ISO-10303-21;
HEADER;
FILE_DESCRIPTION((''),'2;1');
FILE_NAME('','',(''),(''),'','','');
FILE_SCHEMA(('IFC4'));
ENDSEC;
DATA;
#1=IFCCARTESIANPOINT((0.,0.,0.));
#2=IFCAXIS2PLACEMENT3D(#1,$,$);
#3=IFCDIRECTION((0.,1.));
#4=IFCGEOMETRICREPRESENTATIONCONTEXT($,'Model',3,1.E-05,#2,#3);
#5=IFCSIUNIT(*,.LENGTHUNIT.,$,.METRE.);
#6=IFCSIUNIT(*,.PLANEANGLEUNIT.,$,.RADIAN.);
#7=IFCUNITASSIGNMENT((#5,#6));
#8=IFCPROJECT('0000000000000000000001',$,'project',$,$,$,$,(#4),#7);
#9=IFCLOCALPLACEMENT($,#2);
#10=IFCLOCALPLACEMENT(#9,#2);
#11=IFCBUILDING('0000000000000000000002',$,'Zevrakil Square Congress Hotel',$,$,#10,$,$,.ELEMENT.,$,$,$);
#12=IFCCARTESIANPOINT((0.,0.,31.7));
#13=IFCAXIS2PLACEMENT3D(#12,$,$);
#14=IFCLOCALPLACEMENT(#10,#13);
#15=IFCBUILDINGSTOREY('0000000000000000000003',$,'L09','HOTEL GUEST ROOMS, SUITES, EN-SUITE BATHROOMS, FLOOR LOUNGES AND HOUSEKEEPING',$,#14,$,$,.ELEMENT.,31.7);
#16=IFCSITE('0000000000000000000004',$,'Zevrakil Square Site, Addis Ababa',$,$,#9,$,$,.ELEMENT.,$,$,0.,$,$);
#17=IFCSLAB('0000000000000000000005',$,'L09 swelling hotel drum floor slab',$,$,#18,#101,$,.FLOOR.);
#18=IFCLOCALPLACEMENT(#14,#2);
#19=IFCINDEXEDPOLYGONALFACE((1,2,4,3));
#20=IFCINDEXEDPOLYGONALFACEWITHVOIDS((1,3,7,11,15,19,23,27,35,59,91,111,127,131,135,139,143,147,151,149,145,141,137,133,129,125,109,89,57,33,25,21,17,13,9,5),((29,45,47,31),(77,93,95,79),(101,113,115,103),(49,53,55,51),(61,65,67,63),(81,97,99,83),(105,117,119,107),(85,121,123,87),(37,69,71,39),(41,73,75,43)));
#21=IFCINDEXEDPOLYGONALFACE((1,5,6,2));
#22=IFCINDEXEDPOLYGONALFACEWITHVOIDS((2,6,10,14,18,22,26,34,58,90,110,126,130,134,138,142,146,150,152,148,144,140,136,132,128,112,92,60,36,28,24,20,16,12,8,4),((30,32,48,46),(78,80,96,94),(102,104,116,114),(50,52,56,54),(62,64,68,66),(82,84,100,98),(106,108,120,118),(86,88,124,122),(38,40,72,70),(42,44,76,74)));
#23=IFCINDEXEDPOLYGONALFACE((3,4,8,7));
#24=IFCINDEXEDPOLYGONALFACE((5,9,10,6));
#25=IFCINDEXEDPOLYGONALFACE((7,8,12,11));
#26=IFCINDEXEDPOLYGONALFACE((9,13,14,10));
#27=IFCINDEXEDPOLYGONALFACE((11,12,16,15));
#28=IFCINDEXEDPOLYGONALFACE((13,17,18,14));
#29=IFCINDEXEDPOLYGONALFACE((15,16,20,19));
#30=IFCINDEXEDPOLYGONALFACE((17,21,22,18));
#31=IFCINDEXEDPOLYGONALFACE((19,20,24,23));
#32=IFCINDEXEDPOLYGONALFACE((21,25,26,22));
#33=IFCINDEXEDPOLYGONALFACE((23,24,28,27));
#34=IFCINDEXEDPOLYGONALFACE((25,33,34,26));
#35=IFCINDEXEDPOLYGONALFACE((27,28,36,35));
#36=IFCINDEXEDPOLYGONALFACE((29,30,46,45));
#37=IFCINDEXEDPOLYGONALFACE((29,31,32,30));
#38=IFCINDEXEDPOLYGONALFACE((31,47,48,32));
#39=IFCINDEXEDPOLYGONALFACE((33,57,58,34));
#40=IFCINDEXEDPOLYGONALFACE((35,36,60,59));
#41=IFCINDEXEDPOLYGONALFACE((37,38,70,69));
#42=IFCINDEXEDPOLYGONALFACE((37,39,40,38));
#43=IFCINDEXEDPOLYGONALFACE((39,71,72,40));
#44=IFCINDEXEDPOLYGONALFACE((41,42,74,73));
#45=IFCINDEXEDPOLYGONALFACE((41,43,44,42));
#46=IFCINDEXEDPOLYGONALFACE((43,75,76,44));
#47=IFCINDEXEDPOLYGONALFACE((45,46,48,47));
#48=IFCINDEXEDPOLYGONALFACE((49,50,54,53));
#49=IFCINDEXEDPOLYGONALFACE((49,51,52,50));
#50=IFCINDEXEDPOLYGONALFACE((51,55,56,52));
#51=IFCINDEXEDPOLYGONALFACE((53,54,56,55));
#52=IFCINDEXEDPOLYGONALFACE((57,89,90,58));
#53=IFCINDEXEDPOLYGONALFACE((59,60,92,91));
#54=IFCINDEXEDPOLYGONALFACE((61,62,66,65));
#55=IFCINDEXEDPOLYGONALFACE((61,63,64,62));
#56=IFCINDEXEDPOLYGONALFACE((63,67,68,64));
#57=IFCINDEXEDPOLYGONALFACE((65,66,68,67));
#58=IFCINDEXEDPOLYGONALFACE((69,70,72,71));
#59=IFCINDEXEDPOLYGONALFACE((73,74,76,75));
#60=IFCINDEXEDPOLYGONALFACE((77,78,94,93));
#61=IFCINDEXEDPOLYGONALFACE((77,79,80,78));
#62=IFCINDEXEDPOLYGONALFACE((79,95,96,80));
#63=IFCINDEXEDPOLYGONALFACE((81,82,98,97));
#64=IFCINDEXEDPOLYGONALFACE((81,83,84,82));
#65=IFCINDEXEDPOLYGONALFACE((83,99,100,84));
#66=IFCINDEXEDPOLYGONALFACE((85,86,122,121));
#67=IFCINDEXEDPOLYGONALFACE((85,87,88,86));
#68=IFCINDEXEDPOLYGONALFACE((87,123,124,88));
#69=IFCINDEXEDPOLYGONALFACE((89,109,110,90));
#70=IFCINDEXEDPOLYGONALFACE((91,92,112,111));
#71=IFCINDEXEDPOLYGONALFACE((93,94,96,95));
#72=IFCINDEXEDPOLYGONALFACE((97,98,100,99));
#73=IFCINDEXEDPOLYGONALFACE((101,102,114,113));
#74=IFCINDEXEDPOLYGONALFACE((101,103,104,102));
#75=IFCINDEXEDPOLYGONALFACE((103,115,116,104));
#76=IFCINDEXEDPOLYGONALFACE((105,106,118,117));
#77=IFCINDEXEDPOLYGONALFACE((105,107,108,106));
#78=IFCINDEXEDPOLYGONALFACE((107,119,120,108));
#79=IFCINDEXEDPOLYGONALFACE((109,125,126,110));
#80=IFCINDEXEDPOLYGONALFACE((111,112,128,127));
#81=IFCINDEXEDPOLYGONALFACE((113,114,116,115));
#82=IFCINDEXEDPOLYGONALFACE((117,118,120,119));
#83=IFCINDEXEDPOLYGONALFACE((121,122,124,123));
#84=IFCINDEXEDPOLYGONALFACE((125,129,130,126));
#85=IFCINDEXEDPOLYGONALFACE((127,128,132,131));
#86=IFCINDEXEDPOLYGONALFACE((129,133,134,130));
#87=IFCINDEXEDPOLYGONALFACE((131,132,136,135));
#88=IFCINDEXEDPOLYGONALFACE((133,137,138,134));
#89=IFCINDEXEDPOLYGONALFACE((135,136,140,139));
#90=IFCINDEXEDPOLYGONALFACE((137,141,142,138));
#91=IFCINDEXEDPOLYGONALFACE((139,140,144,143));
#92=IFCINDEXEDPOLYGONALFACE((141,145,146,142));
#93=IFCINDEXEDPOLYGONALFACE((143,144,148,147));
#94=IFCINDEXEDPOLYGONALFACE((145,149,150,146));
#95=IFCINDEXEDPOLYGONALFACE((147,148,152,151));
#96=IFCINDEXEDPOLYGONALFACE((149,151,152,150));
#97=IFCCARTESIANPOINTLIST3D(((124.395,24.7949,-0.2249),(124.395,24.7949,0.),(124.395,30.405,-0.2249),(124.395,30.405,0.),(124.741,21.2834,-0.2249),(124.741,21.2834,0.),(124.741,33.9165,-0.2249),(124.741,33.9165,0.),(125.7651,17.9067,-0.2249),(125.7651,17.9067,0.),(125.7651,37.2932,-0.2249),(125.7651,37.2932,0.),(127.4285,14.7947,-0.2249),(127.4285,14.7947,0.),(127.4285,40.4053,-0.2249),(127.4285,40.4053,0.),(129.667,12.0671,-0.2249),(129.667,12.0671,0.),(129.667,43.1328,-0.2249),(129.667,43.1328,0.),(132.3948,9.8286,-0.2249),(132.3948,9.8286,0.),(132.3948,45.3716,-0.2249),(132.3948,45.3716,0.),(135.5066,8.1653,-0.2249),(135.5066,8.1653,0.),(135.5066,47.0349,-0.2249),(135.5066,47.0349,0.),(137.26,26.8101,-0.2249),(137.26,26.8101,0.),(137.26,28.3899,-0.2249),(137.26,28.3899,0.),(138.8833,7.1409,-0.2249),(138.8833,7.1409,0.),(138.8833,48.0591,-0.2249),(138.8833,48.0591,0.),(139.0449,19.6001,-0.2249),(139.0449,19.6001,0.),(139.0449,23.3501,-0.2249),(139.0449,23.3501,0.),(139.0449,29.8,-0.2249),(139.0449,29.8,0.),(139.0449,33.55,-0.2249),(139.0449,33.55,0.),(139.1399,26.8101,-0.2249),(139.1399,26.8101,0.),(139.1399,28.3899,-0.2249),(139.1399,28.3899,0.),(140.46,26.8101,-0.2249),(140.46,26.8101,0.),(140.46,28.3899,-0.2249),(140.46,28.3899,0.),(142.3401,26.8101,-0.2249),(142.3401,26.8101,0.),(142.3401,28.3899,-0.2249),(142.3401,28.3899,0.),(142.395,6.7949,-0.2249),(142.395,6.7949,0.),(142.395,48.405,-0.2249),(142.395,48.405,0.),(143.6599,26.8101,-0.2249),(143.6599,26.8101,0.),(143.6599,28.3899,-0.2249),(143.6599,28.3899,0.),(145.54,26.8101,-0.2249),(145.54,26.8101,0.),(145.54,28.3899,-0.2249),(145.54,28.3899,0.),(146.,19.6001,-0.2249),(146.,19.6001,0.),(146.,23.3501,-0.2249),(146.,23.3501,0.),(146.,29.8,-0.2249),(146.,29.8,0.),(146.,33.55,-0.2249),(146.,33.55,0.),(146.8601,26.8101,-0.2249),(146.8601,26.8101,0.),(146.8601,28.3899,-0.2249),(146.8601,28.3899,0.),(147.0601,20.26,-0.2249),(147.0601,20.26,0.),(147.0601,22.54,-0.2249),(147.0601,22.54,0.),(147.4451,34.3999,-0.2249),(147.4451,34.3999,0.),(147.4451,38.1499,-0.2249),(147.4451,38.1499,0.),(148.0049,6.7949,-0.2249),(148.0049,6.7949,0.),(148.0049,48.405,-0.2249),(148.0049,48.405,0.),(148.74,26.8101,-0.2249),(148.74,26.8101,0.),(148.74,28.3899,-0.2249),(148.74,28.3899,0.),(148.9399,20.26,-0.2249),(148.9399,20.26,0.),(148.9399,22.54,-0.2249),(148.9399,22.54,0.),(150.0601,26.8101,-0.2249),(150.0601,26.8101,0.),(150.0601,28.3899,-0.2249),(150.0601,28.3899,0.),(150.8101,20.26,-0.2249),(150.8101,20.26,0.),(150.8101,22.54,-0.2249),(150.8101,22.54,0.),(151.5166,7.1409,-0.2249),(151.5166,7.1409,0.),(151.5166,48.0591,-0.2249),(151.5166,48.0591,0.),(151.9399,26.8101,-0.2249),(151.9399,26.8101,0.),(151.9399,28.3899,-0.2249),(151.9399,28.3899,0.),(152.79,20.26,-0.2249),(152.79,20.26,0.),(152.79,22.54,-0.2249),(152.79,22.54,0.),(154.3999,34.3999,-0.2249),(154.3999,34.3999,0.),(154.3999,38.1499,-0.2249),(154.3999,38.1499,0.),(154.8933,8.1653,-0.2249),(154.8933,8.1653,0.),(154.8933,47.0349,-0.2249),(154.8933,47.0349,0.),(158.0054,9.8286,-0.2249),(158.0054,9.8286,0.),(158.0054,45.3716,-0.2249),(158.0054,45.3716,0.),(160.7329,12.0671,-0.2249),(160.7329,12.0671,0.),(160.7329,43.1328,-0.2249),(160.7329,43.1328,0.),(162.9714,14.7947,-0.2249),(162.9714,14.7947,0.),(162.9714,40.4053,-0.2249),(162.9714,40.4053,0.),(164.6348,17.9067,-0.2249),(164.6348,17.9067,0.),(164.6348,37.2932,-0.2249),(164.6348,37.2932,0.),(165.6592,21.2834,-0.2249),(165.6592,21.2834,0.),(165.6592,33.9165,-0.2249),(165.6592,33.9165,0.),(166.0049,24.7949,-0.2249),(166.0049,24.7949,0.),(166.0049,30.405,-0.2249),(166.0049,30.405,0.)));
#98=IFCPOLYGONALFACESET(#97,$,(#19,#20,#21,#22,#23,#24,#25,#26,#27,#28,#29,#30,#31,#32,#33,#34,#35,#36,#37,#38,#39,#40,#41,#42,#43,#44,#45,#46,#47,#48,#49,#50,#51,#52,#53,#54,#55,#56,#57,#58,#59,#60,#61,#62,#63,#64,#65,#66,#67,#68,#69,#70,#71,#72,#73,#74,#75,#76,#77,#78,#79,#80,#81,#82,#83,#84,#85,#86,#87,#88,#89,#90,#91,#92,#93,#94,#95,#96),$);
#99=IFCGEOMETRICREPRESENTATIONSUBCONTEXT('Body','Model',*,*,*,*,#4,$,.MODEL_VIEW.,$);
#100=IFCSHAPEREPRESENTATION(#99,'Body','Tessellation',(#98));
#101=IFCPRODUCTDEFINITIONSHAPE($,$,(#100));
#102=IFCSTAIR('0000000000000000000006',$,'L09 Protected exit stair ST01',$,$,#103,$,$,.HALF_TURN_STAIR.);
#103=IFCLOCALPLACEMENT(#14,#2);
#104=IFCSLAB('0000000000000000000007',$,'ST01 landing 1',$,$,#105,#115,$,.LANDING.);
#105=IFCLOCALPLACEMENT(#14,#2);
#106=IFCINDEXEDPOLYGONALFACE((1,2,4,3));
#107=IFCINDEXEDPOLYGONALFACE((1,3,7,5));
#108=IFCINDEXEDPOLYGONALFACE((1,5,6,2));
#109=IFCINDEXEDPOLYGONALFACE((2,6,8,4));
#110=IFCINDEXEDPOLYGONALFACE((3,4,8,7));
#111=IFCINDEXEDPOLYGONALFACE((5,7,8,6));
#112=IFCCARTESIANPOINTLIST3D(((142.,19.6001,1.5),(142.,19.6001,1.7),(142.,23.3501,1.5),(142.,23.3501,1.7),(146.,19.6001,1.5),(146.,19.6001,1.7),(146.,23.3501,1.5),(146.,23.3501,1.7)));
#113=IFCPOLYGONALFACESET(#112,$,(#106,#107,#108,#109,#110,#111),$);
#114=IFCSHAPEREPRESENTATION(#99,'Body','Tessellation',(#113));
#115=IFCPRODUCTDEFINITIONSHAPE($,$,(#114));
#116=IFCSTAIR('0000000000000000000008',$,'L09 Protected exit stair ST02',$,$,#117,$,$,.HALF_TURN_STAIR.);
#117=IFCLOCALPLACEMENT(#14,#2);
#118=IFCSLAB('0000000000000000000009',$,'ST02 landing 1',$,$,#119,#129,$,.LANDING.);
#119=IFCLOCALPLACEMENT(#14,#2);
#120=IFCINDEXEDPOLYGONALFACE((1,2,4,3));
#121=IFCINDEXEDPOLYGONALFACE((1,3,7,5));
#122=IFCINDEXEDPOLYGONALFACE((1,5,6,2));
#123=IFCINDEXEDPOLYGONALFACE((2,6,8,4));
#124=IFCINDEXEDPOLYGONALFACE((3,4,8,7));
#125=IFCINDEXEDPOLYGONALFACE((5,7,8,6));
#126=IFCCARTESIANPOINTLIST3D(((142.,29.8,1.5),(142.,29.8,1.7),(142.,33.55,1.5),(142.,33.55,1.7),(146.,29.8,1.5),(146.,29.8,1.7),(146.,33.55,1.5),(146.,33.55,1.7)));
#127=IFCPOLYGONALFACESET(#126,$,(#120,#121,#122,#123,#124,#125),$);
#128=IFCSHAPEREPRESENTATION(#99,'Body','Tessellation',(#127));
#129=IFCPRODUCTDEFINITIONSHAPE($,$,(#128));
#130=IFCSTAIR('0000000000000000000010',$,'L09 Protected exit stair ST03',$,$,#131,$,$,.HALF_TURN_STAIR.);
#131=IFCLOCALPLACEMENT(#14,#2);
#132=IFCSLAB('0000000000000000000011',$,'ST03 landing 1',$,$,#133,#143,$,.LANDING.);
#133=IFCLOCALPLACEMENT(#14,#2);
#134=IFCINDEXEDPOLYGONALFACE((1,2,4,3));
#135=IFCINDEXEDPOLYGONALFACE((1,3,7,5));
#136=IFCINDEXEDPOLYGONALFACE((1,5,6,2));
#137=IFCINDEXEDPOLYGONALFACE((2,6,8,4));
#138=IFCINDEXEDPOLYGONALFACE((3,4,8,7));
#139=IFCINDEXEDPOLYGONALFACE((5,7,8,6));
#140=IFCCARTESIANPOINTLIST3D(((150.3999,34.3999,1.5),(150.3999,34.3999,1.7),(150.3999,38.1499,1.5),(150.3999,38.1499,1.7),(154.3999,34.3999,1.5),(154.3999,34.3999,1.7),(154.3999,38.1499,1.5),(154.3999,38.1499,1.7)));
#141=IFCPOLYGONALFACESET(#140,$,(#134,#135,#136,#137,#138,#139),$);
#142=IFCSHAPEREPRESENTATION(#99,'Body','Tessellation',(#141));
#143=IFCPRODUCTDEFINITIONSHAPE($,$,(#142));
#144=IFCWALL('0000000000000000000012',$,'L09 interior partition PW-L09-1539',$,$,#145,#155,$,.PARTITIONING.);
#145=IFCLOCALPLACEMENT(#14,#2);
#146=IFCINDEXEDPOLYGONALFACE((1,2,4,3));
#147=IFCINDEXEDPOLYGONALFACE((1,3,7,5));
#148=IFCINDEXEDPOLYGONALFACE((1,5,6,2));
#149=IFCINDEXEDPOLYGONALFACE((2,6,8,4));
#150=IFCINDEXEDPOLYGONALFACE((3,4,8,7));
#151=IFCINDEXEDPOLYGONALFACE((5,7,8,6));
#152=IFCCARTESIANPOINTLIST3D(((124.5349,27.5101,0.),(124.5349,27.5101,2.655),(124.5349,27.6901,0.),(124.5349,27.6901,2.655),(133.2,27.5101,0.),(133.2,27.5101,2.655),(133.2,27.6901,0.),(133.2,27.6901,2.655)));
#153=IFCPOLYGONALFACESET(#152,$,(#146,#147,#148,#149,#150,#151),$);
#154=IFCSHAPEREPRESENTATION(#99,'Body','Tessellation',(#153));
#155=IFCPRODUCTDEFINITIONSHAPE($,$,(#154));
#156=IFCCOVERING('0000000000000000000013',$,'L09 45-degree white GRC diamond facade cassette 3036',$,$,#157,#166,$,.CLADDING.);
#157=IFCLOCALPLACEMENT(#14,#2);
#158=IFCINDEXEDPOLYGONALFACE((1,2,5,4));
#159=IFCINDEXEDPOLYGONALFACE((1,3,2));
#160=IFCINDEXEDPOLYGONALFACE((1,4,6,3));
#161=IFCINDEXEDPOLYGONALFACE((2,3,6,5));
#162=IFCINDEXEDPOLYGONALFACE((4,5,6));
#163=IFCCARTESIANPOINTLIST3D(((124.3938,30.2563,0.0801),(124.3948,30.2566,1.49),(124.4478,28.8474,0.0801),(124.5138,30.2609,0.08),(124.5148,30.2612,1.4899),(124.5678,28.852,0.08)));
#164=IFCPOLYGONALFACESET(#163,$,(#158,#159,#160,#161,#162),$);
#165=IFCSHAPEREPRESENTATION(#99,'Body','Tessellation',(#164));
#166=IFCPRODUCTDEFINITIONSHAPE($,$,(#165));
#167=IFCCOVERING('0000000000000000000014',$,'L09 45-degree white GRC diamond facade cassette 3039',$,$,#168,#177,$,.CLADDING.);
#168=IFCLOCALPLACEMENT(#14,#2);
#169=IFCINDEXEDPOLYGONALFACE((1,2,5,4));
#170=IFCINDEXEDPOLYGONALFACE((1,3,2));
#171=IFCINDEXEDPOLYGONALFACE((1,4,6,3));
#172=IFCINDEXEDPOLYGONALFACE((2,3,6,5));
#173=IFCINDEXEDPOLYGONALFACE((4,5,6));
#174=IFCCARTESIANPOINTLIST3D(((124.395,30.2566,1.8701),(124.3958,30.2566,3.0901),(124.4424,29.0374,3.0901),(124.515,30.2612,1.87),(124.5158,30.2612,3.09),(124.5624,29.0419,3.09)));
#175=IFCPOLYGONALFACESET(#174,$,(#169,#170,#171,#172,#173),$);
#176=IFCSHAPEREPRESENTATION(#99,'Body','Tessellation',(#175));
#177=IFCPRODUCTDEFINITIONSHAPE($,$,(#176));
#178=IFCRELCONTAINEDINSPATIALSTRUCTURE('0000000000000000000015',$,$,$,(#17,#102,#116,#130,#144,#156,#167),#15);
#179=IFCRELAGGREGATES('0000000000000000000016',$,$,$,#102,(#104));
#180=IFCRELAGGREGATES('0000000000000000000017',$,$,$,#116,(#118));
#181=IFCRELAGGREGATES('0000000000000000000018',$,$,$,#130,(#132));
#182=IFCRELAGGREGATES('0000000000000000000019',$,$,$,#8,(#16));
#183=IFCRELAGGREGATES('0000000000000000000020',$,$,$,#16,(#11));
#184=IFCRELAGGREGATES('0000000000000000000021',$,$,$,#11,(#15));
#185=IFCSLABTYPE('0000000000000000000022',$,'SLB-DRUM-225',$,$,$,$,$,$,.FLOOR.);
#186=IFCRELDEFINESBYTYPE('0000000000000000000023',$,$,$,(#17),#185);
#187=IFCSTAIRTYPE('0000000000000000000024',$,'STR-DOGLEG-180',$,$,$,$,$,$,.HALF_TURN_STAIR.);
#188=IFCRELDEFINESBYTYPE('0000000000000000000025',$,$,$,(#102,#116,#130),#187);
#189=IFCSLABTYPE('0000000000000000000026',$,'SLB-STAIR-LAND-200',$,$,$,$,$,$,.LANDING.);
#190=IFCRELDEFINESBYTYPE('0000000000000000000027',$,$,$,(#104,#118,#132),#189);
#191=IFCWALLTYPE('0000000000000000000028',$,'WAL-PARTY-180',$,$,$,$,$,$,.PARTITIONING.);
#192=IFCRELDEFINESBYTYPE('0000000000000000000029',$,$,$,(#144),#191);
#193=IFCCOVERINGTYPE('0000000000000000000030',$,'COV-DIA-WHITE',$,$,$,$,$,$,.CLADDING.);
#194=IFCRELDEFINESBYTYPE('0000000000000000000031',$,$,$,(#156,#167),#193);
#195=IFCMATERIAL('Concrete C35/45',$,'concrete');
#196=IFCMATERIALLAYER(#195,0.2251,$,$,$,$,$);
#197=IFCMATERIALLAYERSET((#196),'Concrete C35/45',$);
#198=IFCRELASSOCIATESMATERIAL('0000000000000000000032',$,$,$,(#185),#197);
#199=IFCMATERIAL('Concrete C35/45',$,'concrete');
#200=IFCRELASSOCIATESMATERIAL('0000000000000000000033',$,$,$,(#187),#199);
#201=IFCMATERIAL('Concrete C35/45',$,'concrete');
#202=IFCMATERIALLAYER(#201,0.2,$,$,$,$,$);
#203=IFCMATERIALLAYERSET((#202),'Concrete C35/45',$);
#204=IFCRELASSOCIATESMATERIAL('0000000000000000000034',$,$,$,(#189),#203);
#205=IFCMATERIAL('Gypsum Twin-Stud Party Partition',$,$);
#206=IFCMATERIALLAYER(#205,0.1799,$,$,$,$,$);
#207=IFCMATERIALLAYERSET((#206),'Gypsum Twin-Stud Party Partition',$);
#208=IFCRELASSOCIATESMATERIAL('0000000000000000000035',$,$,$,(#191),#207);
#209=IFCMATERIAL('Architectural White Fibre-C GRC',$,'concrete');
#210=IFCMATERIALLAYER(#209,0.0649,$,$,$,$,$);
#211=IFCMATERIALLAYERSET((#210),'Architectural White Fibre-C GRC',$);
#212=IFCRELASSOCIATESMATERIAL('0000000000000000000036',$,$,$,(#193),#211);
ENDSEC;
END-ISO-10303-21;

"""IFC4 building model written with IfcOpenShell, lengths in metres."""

from ifc_helpers import new_model, si_unit, direction, frame, frame_2d, origin, place, context, subcontext, project, spatial, polyline, rectangle, outline, extrude, material, layer, layer_set, type_object, element, aggregate, save


model = new_model("IFC4")

# Units and contexts
model_context = context("Model", 3, precision=1e-05, world=origin(), true_north=direction((0.0, 1.0)))
body_context = subcontext(model_context, "Body", "Model", "MODEL_VIEW")
ifc_project = project(units=[si_unit("LENGTHUNIT", "METRE"), si_unit("PLANEANGLEUNIT", "RADIAN")], contexts=[model_context])

# Site, building, storey
site_placement = place(None, origin())
site = spatial("IfcSite", under=ifc_project, at=site_placement, Name="Zevrakil Square Site, Addis Ababa", CompositionType="ELEMENT", RefElevation=0.0)
building_placement = place(site_placement, origin())
building = spatial("IfcBuilding", under=site, at=building_placement, Name="Zevrakil Square Congress Hotel", CompositionType="ELEMENT")
storey_placement = place(building_placement, frame((0.0, 0.0, 31.7)))
storey = spatial("IfcBuildingStorey", under=building, at=storey_placement, Name="L09", Description="HOTEL GUEST ROOMS, SUITES, EN-SUITE BATHROOMS, FLOOR LOUNGES AND HOUSEKEEPING", CompositionType="ELEMENT", Elevation=31.7)

# Slab
ifc_material_1 = material(Name="Concrete C35/45", Category="concrete")
ifc_layer_1 = layer(ifc_material_1, 0.2251)
ifc_layer_set_1 = layer_set([ifc_layer_1], Name="Concrete C35/45")
slab_type_1 = type_object("IfcSlabType", Name="SLB-DRUM-225", PredefinedType="FLOOR", material=ifc_layer_set_1)
slab_1_placement = place(storey_placement, frame((0.0, 0.0, -0.2249)))
element("IfcSlab", 1, at=slab_1_placement, inside=storey, type_object=slab_type_1, Name="L09 swelling hotel drum floor slab", PredefinedType="FLOOR", context=body_context, shape_type="SweptSolid", body=[
    extrude(outline(polyline([(148.0049, 6.7949), (151.5166, 7.1409), (154.8933, 8.1653), (158.0054, 9.8286), (160.7329, 12.0671), (162.9714, 14.7947), (164.6348, 17.9067), (165.6592, 21.2834), (166.0049, 24.7949), (166.0049, 30.405), (165.6592, 33.9165), (164.6348, 37.2932), (162.9714, 40.4053), (160.7329, 43.1328), (158.0054, 45.3716), (154.8933, 47.0349), (151.5166, 48.0591), (148.0049, 48.405), (142.395, 48.405), (138.8833, 48.0591), (135.5066, 47.0349), (132.3948, 45.3716), (129.667, 43.1328), (127.4285, 40.4053), (125.7651, 37.2932), (124.741, 33.9165), (124.395, 30.405), (124.395, 24.7949), (124.741, 21.2834), (125.7651, 17.9067), (127.4285, 14.7947), (129.667, 12.0671), (132.3948, 9.8286), (135.5066, 8.1653), (138.8833, 7.1409), (142.395, 6.7949), (148.0049, 6.7949)]), holes=[polyline([(139.0449, 19.6001), (146.0, 19.6001), (146.0, 23.3501), (139.0449, 23.3501), (139.0449, 19.6001)]), polyline([(139.0449, 29.8), (146.0, 29.8), (146.0, 33.55), (139.0449, 33.55), (139.0449, 29.8)]), polyline([(147.4451, 34.3999), (154.3999, 34.3999), (154.3999, 38.1499), (147.4451, 38.1499), (147.4451, 34.3999)]), polyline([(137.26, 26.8101), (139.1399, 26.8101), (139.1399, 28.3899), (137.26, 28.3899), (137.26, 26.8101)]), polyline([(140.46, 26.8101), (142.3401, 26.8101), (142.3401, 28.3899), (140.46, 28.3899), (140.46, 26.8101)]), polyline([(143.6599, 26.8101), (145.54, 26.8101), (145.54, 28.3899), (143.6599, 28.3899), (143.6599, 26.8101)]), polyline([(146.8601, 26.8101), (148.74, 26.8101), (148.74, 28.3899), (146.8601, 28.3899), (146.8601, 26.8101)]), polyline([(150.0601, 26.8101), (151.9399, 26.8101), (151.9399, 28.3899), (150.0601, 28.3899), (150.0601, 26.8101)]), polyline([(147.0601, 20.26), (148.9399, 20.26), (148.9399, 22.54), (147.0601, 22.54), (147.0601, 20.26)]), polyline([(150.8101, 20.26), (152.79, 20.26), (152.79, 22.54), (150.8101, 22.54), (150.8101, 20.26)])]), origin(), (0.0, 0.0, 1.0), 0.2249),
])

# Stairs, slabs
ifc_material_2 = material(Name="Concrete C35/45", Category="concrete")
stair_type = type_object("IfcStairType", Name="STR-DOGLEG-180", PredefinedType="HALF_TURN_STAIR", material=ifc_material_2)
stair_1_placement = place(storey_placement, origin())
stair_1 = element("IfcStair", 2, at=stair_1_placement, inside=storey, type_object=stair_type, Name="L09 Protected exit stair ST01", PredefinedType="HALF_TURN_STAIR")
ifc_material_3 = material(Name="Concrete C35/45", Category="concrete")
ifc_layer_2 = layer(ifc_material_3, 0.2)
ifc_layer_set_2 = layer_set([ifc_layer_2], Name="Concrete C35/45")
slab_type_2 = type_object("IfcSlabType", Name="SLB-STAIR-LAND-200", PredefinedType="LANDING", material=ifc_layer_set_2)
slab_2_placement = place(storey_placement, frame((0.0, 0.0, 1.5)))
slab_2 = element("IfcSlab", 3, at=slab_2_placement, type_object=slab_type_2, Name="ST01 landing 1", PredefinedType="LANDING", context=body_context, shape_type="SweptSolid", body=[
    extrude(outline(polyline([(142.0, 19.6001), (146.0, 19.6001), (146.0, 23.3501), (142.0, 23.3501), (142.0, 19.6001)])), origin(), (0.0, 0.0, 1.0), 0.2),
])
aggregate(stair_1, [slab_2])
stair_2_placement = place(storey_placement, origin())
stair_2 = element("IfcStair", 4, at=stair_2_placement, inside=storey, type_object=stair_type, Name="L09 Protected exit stair ST02", PredefinedType="HALF_TURN_STAIR")
slab_3_placement = place(storey_placement, frame((0.0, 0.0, 1.5)))
slab_3 = element("IfcSlab", 5, at=slab_3_placement, type_object=slab_type_2, Name="ST02 landing 1", PredefinedType="LANDING", context=body_context, shape_type="SweptSolid", body=[
    extrude(outline(polyline([(142.0, 29.8), (146.0, 29.8), (146.0, 33.55), (142.0, 33.55), (142.0, 29.8)])), origin(), (0.0, 0.0, 1.0), 0.2),
])
aggregate(stair_2, [slab_3])
stair_3_placement = place(storey_placement, origin())
stair_3 = element("IfcStair", 6, at=stair_3_placement, inside=storey, type_object=stair_type, Name="L09 Protected exit stair ST03", PredefinedType="HALF_TURN_STAIR")
slab_4_placement = place(storey_placement, frame((0.0, 0.0, 1.5)))
slab_4 = element("IfcSlab", 7, at=slab_4_placement, type_object=slab_type_2, Name="ST03 landing 1", PredefinedType="LANDING", context=body_context, shape_type="SweptSolid", body=[
    extrude(outline(polyline([(150.3999, 34.3999), (154.3999, 34.3999), (154.3999, 38.1499), (150.3999, 38.1499), (150.3999, 34.3999)])), origin(), (0.0, 0.0, 1.0), 0.2),
])
aggregate(stair_3, [slab_4])

# Wall
ifc_material_4 = material(Name="Gypsum Twin-Stud Party Partition")
ifc_layer_3 = layer(ifc_material_4, 0.1799)
ifc_layer_set_3 = layer_set([ifc_layer_3], Name="Gypsum Twin-Stud Party Partition")
wall_type = type_object("IfcWallType", Name="WAL-PARTY-180", PredefinedType="PARTITIONING", material=ifc_layer_set_3)
wall_placement = place(storey_placement, frame((124.5349, 27.6001, 0.0), z_axis=(0.0, 0.0, 1.0), x_axis=(1.0, 0.0, 0.0)))
element("IfcWall", 8, at=wall_placement, inside=storey, type_object=wall_type, Name="L09 interior partition PW-L09-1539", PredefinedType="PARTITIONING", context=body_context, shape_type="SweptSolid", body=[
    extrude(rectangle(XDim=8.665, YDim=0.1799, at=frame_2d((4.3325, 0.0))), origin(), (0.0, 0.0, 1.0), 2.655),
])

# Coverings
ifc_material_5 = material(Name="Architectural White Fibre-C GRC", Category="concrete")
ifc_layer_4 = layer(ifc_material_5, 0.0649)
ifc_layer_set_4 = layer_set([ifc_layer_4], Name="Architectural White Fibre-C GRC")
covering_type_1 = type_object("IfcCoveringType", Name="COV-DIA-WHITE", PredefinedType="CLADDING", material=ifc_layer_set_4)
covering_1_placement = place(storey_placement, frame((124.4478, 28.8474, 0.0801), z_axis=(-0.999267, -0.038267, 0.000699), x_axis=(-0.038267, 0.999268, 0.0)))
element("IfcCovering", 9, at=covering_1_placement, inside=storey, type_object=covering_type_1, Name="L09 45-degree white GRC diamond facade cassette 3036", PredefinedType="CLADDING", context=body_context, shape_type="SweptSolid", body=[
    extrude(outline(polyline([(0.0, 0.0), (1.41, 0.0), (1.4102, -1.4099), (0.0, 0.0)])), origin(), (0.0, 0.0, -1.0), 0.1201),
])
covering_2_placement = place(storey_placement, frame((124.395, 30.2566, 1.8701), z_axis=(-0.999269, -0.038218, 0.0006), x_axis=(0.0006, 0.0, 1.0)))
element("IfcCovering", 10, at=covering_2_placement, inside=storey, type_object=covering_type_1, Name="L09 45-degree white GRC diamond facade cassette 3039", PredefinedType="CLADDING", context=body_context, shape_type="SweptSolid", body=[
    extrude(outline(polyline([(0.0, 0.0), (1.22, 0.0), (1.22, -1.2201), (0.0, 0.0)])), origin(), (0.0, 0.0, -1.0), 0.1201),
])

save(model, "model.ifc")
